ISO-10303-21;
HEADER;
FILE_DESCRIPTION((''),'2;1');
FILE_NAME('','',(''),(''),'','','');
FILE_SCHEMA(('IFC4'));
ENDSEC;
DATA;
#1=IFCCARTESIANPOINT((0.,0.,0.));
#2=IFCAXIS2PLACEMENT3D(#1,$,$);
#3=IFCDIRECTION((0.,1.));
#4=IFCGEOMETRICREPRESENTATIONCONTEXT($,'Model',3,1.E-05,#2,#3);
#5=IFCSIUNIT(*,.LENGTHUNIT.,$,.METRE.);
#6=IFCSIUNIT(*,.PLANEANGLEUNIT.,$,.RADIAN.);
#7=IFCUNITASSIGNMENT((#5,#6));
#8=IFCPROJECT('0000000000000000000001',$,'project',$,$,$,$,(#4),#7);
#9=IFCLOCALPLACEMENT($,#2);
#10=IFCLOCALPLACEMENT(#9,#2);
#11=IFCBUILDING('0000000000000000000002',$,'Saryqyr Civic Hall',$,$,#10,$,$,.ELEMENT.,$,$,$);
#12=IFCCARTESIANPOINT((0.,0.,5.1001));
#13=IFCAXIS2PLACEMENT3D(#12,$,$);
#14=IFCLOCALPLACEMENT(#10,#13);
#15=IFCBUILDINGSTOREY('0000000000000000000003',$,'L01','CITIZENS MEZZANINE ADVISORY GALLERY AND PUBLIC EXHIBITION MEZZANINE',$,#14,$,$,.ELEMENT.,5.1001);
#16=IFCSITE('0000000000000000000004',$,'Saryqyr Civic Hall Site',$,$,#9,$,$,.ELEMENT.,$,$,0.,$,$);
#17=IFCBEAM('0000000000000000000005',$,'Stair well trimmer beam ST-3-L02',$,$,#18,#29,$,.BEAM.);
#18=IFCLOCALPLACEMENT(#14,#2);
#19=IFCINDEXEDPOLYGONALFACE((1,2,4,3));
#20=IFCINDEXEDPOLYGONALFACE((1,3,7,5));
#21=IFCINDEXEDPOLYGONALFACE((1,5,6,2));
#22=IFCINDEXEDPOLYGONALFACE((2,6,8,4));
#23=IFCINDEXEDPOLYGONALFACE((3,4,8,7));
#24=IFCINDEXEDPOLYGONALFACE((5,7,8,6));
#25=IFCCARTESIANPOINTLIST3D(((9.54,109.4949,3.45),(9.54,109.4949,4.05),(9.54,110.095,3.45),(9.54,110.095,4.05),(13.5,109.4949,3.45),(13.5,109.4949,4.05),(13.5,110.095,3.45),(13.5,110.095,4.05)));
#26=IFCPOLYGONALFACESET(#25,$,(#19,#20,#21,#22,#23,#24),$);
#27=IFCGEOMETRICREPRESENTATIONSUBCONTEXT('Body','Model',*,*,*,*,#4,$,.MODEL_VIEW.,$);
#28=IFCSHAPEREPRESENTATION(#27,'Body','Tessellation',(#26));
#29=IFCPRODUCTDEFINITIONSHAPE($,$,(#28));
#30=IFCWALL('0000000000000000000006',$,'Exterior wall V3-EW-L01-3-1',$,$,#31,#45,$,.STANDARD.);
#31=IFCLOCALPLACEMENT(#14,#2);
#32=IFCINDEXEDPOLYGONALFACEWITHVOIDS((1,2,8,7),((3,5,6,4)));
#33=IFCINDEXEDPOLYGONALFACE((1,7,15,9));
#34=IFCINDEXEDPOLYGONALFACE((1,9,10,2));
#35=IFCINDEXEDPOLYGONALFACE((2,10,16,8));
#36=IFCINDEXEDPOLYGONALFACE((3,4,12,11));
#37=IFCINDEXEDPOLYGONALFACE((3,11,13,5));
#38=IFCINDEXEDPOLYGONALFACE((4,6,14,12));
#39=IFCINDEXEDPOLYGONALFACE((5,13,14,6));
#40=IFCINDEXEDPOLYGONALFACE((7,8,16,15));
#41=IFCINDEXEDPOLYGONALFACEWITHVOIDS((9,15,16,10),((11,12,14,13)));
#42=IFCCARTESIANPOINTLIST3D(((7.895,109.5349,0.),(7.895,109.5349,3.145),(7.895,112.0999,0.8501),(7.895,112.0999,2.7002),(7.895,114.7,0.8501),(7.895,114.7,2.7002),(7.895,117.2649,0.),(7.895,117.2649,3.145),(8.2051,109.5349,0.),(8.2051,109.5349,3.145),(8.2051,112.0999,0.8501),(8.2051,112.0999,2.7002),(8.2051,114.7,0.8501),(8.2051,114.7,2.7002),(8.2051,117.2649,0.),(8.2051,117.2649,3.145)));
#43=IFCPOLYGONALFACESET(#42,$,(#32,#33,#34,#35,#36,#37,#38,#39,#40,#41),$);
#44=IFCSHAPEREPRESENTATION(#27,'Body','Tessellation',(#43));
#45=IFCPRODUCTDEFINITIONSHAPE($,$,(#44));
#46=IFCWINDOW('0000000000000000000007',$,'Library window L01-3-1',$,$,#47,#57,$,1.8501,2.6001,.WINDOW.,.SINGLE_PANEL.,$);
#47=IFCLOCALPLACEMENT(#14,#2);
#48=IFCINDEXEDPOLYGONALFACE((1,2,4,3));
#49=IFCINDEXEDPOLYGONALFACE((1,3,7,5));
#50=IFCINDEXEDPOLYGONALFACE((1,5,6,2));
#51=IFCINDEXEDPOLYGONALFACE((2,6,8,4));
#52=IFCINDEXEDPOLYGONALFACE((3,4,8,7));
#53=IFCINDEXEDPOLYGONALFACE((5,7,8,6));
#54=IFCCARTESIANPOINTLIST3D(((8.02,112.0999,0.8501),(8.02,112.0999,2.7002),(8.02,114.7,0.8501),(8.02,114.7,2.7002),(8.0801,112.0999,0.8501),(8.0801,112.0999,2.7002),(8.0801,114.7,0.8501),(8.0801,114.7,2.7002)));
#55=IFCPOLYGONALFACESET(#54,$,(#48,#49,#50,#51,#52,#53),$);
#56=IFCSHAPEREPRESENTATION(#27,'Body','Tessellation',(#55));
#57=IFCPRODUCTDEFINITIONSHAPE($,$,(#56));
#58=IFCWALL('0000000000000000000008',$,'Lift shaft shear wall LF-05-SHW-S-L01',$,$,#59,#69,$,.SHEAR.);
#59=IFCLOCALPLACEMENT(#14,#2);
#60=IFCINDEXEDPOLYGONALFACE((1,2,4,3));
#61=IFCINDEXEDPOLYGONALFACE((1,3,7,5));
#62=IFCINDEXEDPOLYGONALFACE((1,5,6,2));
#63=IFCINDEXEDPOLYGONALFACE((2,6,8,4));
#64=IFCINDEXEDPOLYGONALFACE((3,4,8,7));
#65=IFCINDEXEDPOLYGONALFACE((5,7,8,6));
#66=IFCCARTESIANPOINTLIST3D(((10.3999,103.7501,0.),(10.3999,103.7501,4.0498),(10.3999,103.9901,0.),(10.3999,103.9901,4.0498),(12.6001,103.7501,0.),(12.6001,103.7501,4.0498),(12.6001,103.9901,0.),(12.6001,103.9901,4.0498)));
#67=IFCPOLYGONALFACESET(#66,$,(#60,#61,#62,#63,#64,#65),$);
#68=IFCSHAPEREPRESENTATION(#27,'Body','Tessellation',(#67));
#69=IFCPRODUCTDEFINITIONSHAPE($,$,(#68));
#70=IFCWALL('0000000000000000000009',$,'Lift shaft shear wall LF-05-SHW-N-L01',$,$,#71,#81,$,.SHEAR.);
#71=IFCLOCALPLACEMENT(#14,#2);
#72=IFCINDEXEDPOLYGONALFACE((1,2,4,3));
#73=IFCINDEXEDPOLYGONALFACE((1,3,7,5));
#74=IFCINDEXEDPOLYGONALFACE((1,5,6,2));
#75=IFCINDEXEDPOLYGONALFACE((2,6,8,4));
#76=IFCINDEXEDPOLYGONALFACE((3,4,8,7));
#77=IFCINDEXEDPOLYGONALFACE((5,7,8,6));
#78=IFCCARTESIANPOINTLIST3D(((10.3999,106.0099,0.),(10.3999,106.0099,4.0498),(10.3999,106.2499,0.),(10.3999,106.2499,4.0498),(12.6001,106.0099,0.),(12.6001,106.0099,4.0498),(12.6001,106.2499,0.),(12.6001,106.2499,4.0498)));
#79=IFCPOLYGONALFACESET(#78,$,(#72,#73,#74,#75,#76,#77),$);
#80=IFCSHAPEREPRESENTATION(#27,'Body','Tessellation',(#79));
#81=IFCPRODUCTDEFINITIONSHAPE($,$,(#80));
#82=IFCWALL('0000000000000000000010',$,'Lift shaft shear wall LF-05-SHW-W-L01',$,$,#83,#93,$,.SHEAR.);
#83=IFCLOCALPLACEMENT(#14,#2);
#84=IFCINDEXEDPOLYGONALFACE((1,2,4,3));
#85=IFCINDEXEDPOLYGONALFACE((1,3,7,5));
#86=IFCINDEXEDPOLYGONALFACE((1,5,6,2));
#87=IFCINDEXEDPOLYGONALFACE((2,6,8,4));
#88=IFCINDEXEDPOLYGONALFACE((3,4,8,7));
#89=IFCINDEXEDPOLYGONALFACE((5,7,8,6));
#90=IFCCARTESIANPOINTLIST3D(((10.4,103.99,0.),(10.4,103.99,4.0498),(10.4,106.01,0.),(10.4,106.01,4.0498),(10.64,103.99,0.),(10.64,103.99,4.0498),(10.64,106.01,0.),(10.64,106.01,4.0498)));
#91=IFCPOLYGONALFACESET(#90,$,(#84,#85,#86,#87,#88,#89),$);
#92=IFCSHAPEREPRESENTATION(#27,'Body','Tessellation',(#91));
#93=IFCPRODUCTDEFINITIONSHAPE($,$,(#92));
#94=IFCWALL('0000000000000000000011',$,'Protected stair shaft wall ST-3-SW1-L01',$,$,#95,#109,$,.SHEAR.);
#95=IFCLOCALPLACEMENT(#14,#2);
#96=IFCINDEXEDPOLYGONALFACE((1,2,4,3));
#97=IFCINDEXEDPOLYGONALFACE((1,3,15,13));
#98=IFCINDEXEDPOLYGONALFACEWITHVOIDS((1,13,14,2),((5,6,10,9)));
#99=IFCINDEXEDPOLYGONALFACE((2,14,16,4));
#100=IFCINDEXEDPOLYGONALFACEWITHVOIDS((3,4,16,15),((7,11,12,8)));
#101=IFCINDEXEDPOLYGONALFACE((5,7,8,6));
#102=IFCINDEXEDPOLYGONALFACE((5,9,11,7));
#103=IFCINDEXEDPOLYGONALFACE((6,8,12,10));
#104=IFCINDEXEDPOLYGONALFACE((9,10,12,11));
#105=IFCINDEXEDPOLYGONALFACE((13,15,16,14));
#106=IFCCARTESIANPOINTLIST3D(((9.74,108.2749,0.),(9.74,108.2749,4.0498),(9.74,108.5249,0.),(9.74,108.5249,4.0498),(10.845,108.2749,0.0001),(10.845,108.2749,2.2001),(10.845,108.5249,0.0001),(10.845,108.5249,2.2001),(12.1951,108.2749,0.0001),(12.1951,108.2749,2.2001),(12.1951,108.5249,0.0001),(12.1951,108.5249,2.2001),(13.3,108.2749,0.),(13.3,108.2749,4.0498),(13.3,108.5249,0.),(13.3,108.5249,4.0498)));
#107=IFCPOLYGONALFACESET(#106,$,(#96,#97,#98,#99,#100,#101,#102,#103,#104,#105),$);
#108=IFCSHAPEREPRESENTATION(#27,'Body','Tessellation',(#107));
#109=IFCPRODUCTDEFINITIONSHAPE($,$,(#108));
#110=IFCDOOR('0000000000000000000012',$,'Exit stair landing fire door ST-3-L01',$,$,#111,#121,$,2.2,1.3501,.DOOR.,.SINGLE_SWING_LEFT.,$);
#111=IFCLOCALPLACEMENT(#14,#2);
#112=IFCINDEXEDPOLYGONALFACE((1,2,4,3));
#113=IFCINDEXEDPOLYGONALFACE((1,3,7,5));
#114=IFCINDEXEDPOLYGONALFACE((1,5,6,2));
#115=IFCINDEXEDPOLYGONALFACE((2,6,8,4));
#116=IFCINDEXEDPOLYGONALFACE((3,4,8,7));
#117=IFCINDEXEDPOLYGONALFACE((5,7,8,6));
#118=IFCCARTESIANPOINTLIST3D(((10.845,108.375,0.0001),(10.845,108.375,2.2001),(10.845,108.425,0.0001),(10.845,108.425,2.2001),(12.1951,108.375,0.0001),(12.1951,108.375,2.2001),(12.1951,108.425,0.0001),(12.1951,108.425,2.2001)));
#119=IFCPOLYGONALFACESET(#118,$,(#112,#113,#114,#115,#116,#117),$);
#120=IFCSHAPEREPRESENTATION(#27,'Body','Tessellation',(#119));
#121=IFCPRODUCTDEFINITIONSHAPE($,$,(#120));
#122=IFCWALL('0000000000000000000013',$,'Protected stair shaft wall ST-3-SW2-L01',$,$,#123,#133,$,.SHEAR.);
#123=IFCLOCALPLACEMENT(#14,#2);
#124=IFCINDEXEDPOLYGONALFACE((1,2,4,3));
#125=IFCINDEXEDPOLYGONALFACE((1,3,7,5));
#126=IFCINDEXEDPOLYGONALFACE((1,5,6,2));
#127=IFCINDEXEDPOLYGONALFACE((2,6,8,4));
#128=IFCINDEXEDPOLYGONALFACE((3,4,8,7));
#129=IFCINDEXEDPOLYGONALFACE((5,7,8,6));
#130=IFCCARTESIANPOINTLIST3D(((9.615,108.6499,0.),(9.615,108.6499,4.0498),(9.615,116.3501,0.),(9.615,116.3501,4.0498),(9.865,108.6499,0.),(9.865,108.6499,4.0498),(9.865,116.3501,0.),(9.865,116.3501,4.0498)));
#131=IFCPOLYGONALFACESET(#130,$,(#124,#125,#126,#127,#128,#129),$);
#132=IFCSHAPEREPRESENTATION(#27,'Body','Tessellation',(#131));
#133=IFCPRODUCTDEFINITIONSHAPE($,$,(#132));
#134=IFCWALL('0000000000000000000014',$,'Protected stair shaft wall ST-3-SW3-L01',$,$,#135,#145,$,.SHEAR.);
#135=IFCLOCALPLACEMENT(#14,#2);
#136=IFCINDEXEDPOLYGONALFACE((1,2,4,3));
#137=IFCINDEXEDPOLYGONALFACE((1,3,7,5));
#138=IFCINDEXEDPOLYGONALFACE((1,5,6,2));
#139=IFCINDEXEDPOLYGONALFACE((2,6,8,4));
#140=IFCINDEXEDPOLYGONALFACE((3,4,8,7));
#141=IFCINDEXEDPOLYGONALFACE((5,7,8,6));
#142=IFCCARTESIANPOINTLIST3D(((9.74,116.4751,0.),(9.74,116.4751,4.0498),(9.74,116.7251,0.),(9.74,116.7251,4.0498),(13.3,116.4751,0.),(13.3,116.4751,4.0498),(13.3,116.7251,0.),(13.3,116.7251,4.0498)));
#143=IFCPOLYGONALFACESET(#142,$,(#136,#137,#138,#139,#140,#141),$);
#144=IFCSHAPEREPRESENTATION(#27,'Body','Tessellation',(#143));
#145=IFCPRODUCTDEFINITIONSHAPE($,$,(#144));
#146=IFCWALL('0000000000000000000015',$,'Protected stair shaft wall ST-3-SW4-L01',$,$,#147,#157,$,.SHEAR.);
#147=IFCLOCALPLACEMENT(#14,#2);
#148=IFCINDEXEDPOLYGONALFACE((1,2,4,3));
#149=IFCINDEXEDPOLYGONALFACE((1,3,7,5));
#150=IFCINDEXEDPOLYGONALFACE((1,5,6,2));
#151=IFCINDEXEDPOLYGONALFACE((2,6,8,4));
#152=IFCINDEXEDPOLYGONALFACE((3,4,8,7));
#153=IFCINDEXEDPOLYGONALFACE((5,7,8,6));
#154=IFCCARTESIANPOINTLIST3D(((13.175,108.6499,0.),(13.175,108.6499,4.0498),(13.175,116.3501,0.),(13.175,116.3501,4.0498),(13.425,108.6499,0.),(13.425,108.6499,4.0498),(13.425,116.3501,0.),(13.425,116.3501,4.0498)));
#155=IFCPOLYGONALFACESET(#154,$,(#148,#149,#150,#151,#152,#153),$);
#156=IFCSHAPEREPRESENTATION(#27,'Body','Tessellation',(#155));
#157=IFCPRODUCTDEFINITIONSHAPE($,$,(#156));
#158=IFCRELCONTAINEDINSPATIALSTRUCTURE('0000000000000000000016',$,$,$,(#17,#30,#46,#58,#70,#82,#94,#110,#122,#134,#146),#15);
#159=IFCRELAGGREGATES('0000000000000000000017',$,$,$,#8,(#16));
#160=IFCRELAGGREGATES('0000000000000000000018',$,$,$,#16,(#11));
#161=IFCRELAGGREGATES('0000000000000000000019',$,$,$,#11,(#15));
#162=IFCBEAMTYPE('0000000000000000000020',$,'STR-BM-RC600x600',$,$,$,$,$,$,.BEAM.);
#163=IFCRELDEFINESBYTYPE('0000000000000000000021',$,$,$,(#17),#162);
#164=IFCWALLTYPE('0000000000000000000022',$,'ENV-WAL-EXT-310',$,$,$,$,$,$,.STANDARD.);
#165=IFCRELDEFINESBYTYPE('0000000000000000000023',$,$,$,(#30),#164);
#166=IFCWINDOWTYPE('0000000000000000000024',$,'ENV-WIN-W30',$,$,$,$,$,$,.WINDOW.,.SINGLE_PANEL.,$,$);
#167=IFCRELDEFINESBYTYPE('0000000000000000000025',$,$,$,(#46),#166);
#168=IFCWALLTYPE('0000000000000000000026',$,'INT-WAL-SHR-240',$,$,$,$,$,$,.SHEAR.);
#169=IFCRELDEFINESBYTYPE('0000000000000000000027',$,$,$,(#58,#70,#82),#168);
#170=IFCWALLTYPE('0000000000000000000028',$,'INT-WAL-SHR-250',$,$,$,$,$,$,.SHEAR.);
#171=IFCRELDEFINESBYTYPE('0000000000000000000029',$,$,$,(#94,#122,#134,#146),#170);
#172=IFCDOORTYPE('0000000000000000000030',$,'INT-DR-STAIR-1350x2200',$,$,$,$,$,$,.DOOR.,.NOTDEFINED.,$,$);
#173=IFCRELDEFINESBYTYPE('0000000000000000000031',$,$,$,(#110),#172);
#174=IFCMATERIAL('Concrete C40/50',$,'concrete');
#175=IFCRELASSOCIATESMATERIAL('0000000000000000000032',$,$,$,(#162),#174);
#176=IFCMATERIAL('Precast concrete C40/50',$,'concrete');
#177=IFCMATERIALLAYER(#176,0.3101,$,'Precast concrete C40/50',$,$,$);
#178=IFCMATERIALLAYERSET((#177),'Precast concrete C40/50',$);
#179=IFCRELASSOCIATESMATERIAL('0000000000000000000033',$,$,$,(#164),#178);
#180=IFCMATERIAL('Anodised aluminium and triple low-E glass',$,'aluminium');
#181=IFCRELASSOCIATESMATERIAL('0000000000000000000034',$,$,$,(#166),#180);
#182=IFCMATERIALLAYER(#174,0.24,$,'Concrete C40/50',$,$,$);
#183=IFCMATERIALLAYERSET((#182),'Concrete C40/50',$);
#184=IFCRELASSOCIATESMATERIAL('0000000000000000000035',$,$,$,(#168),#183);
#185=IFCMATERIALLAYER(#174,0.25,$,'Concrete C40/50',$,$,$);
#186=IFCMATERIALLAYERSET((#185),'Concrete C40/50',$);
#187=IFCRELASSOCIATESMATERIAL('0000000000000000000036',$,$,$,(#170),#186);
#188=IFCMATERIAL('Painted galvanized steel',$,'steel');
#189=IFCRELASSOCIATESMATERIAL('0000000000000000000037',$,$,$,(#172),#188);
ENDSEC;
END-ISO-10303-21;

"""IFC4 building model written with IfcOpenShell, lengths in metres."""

from ifc_helpers import new_model, si_unit, direction, frame, frame_2d, origin, origin_2d, place, context, subcontext, project, spatial, rectangle, extrude, material, layer, layer_set, material_profile, profile_set, type_object, element, fill, save


model = new_model("IFC4")

# Units and contexts
model_context = context("Model", 3, precision=1e-05, world=origin(), true_north=direction((0.0, 1.0)))
body_context = subcontext(model_context, "Body", "Model", "MODEL_VIEW")
ifc_project = project(units=[si_unit("LENGTHUNIT", "METRE"), si_unit("PLANEANGLEUNIT", "RADIAN")], contexts=[model_context])

# Site, building, storey
site_placement = place(None, origin())
site = spatial("IfcSite", under=ifc_project, at=site_placement, Name="Saryqyr Civic Hall Site", CompositionType="ELEMENT", RefElevation=0.0)
building_placement = place(site_placement, origin())
building = spatial("IfcBuilding", under=site, at=building_placement, Name="Saryqyr Civic Hall", CompositionType="ELEMENT")
storey_placement = place(building_placement, frame((0.0, 0.0, 5.1001)))
storey = spatial("IfcBuildingStorey", under=building, at=storey_placement, Name="L01", Description="CITIZENS MEZZANINE ADVISORY GALLERY AND PUBLIC EXHIBITION MEZZANINE", CompositionType="ELEMENT", Elevation=5.1001)

# Shared definitions
ifc_material_1 = material(Name="Concrete C40/50", Category="concrete")

# Beam
ifc_material_profile_1 = material_profile(ifc_material_1, rectangle(XDim=0.6001, YDim=0.6001, at=origin_2d()), Name="RC 600x600")
ifc_profile_set_1 = profile_set([ifc_material_profile_1], Name="Concrete C40/50")
beam_type_1 = type_object("IfcBeamType", Name="STR-BM-RC600x600", PredefinedType="BEAM", material=ifc_profile_set_1)
beam_1_placement = place(storey_placement, frame((13.5, 109.7949, 3.75), z_axis=(-1.0, 0.0, 0.0), x_axis=(0.0, -1.0, 0.0)))
element("IfcBeam", 1, at=beam_1_placement, inside=storey, type_object=beam_type_1, Name="Stair well trimmer beam ST-3-L02", PredefinedType="BEAM", context=body_context, shape_type="SweptSolid", body=[
    extrude(rectangle(XDim=0.6001, YDim=0.6001, at=origin_2d()), origin(), (0.0, 0.0, 1.0), 3.96),
])

# Wall, opening, window
ifc_material_2 = material(Name="Precast concrete C40/50", Category="concrete")
ifc_layer_1 = layer(ifc_material_2, 0.3101, Name="Precast concrete C40/50")
ifc_layer_set_1 = layer_set([ifc_layer_1], Name="Precast concrete C40/50")
wall_type_1 = type_object("IfcWallType", Name="ENV-WAL-EXT-310", PredefinedType="STANDARD", material=ifc_layer_set_1)
wall_1_placement = place(storey_placement, frame((8.05, 109.5349, 0.0), z_axis=(0.0, 0.0, 1.0), x_axis=(0.0, 1.0, 0.0)))
wall_1 = element("IfcWall", 2, at=wall_1_placement, inside=storey, type_object=wall_type_1, Name="Exterior wall V3-EW-L01-3-1", PredefinedType="STANDARD", context=body_context, shape_type="SweptSolid", body=[
    extrude(rectangle(XDim=7.73, YDim=0.3101, at=frame_2d((3.865, 0.0))), origin(), (0.0, 0.0, 1.0), 3.145),
])
opening_1_placement = place(wall_1_placement, frame((2.5649, 0.0, 0.8501)))
opening_1 = element("IfcOpeningElement", 3, at=opening_1_placement, cuts=wall_1, PredefinedType="OPENING", context=body_context, shape_type="SweptSolid", body=[
    extrude(rectangle(XDim=2.6001, YDim=1.8501, at=frame_2d((1.3, 0.925))), frame((0.0, 0.165, 0.0), z_axis=(0.0, -1.0, 0.0), x_axis=(1.0, 0.0, 0.0)), (0.0, 0.0, 1.0), 0.3301),
])
ifc_material_3 = material(Name="Anodised aluminium and triple low-E glass", Category="aluminium")
window_type = type_object("IfcWindowType", Name="ENV-WIN-W30", PartitioningType="SINGLE_PANEL", PredefinedType="WINDOW", material=ifc_material_3)
window_placement = place(opening_1_placement, origin())
window = element("IfcWindow", 4, at=window_placement, inside=storey, type_object=window_type, Name="Library window L01-3-1", OverallHeight=1.8501, OverallWidth=2.6001, PartitioningType="SINGLE_PANEL", PredefinedType="WINDOW", context=body_context, shape_type="SweptSolid", body=[
    extrude(rectangle(XDim=2.6001, YDim=1.8501, at=frame_2d((1.3, 0.925))), frame((0.0, 0.03, 0.0), z_axis=(0.0, -1.0, 0.0), x_axis=(1.0, 0.0, 0.0)), (0.0, 0.0, 1.0), 0.0601),
])
fill(opening_1, window)

# Wall
ifc_layer_2 = layer(ifc_material_1, 0.24, Name="Concrete C40/50")
ifc_layer_set_2 = layer_set([ifc_layer_2], Name="Concrete C40/50")
wall_type_2 = type_object("IfcWallType", Name="INT-WAL-SHR-240", PredefinedType="SHEAR", material=ifc_layer_set_2)
wall_2_placement = place(storey_placement, frame((12.6001, 103.8701, 0.0), z_axis=(0.0, 0.0, 1.0), x_axis=(-1.0, 0.0, 0.0)))
element("IfcWall", 5, at=wall_2_placement, inside=storey, type_object=wall_type_2, Name="Lift shaft shear wall LF-05-SHW-S-L01", PredefinedType="SHEAR", context=body_context, shape_type="SweptSolid", body=[
    extrude(rectangle(XDim=2.2002, YDim=0.24, at=frame_2d((1.1001, 0.0))), origin(), (0.0, 0.0, 1.0), 4.0498),
])

# Walls
wall_3_placement = place(storey_placement, frame((10.3999, 106.1299, 0.0), z_axis=(0.0, 0.0, 1.0), x_axis=(1.0, 0.0, 0.0)))
element("IfcWall", 6, at=wall_3_placement, inside=storey, type_object=wall_type_2, Name="Lift shaft shear wall LF-05-SHW-N-L01", PredefinedType="SHEAR", context=body_context, shape_type="SweptSolid", body=[
    extrude(rectangle(XDim=2.2002, YDim=0.24, at=frame_2d((1.1001, 0.0))), origin(), (0.0, 0.0, 1.0), 4.0498),
])
wall_4_placement = place(storey_placement, frame((10.52, 103.99, 0.0), z_axis=(0.0, 0.0, 1.0), x_axis=(0.0, 1.0, 0.0)))
element("IfcWall", 7, at=wall_4_placement, inside=storey, type_object=wall_type_2, Name="Lift shaft shear wall LF-05-SHW-W-L01", PredefinedType="SHEAR", context=body_context, shape_type="SweptSolid", body=[
    extrude(rectangle(XDim=2.02, YDim=0.24, at=frame_2d((1.01, 0.0))), origin(), (0.0, 0.0, 1.0), 4.0498),
])

# Wall, opening, door
ifc_layer_3 = layer(ifc_material_1, 0.25, Name="Concrete C40/50")
ifc_layer_set_3 = layer_set([ifc_layer_3], Name="Concrete C40/50")
wall_type_3 = type_object("IfcWallType", Name="INT-WAL-SHR-250", PredefinedType="SHEAR", material=ifc_layer_set_3)
wall_5_placement = place(storey_placement, frame((13.3, 108.3999, 0.0), z_axis=(0.0, 0.0, 1.0), x_axis=(-1.0, 0.0, 0.0)))
wall_5 = element("IfcWall", 8, at=wall_5_placement, inside=storey, type_object=wall_type_3, Name="Protected stair shaft wall ST-3-SW1-L01", PredefinedType="SHEAR", context=body_context, shape_type="SweptSolid", body=[
    extrude(rectangle(XDim=3.5601, YDim=0.25, at=frame_2d((1.78, 0.0))), origin(), (0.0, 0.0, 1.0), 4.0498),
])
opening_2_placement = place(wall_5_placement, frame((1.105, 0.0, 0.0)))
opening_2 = element("IfcOpeningElement", 9, at=opening_2_placement, cuts=wall_5, PredefinedType="OPENING", context=body_context, shape_type="SweptSolid", body=[
    extrude(rectangle(XDim=1.3501, YDim=2.2, at=frame_2d((0.675, 1.1001))), frame((0.0, 0.135, 0.0), z_axis=(0.0, -1.0, 0.0), x_axis=(1.0, 0.0, 0.0)), (0.0, 0.0, 1.0), 0.27),
])
ifc_material_4 = material(Name="Painted galvanized steel", Category="steel")
door_type_1 = type_object("IfcDoorType", Name="INT-DR-STAIR-1350x2200", OperationType="NOTDEFINED", PredefinedType="DOOR", material=ifc_material_4)
door_1_placement = place(opening_2_placement, origin())
door_1 = element("IfcDoor", 10, at=door_1_placement, inside=storey, type_object=door_type_1, Name="Exit stair landing fire door ST-3-L01", OperationType="SINGLE_SWING_LEFT", OverallHeight=2.2, OverallWidth=1.3501, PredefinedType="DOOR", context=body_context, shape_type="SweptSolid", body=[
    extrude(rectangle(XDim=1.3501, YDim=2.2, at=frame_2d((0.675, 1.1001))), frame((0.0, 0.0249, 0.0), z_axis=(0.0, -1.0, 0.0), x_axis=(1.0, 0.0, 0.0)), (0.0, 0.0, 1.0), 0.05),
])
fill(opening_2, door_1)

# Walls
wall_6_placement = place(storey_placement, frame((9.74, 108.6499, 0.0), z_axis=(0.0, 0.0, 1.0), x_axis=(0.0, 1.0, 0.0)))
element("IfcWall", 11, at=wall_6_placement, inside=storey, type_object=wall_type_3, Name="Protected stair shaft wall ST-3-SW2-L01", PredefinedType="SHEAR", context=body_context, shape_type="SweptSolid", body=[
    extrude(rectangle(XDim=7.7002, YDim=0.25, at=frame_2d((3.8501, 0.0))), origin(), (0.0, 0.0, 1.0), 4.0498),
])
wall_7_placement = place(storey_placement, frame((9.74, 116.6001, 0.0), z_axis=(0.0, 0.0, 1.0), x_axis=(1.0, 0.0, 0.0)))
element("IfcWall", 12, at=wall_7_placement, inside=storey, type_object=wall_type_3, Name="Protected stair shaft wall ST-3-SW3-L01", PredefinedType="SHEAR", context=body_context, shape_type="SweptSolid", body=[
    extrude(rectangle(XDim=3.5601, YDim=0.25, at=frame_2d((1.78, 0.0))), origin(), (0.0, 0.0, 1.0), 4.0498),
])
wall_8_placement = place(storey_placement, frame((13.3, 116.3501, 0.0), z_axis=(0.0, 0.0, 1.0), x_axis=(0.0, -1.0, 0.0)))
element("IfcWall", 13, at=wall_8_placement, inside=storey, type_object=wall_type_3, Name="Protected stair shaft wall ST-3-SW4-L01", PredefinedType="SHEAR", context=body_context, shape_type="SweptSolid", body=[
    extrude(rectangle(XDim=7.7002, YDim=0.25, at=frame_2d((3.8501, 0.0))), origin(), (0.0, 0.0, 1.0), 4.0498),
])

save(model, "model.ifc")
